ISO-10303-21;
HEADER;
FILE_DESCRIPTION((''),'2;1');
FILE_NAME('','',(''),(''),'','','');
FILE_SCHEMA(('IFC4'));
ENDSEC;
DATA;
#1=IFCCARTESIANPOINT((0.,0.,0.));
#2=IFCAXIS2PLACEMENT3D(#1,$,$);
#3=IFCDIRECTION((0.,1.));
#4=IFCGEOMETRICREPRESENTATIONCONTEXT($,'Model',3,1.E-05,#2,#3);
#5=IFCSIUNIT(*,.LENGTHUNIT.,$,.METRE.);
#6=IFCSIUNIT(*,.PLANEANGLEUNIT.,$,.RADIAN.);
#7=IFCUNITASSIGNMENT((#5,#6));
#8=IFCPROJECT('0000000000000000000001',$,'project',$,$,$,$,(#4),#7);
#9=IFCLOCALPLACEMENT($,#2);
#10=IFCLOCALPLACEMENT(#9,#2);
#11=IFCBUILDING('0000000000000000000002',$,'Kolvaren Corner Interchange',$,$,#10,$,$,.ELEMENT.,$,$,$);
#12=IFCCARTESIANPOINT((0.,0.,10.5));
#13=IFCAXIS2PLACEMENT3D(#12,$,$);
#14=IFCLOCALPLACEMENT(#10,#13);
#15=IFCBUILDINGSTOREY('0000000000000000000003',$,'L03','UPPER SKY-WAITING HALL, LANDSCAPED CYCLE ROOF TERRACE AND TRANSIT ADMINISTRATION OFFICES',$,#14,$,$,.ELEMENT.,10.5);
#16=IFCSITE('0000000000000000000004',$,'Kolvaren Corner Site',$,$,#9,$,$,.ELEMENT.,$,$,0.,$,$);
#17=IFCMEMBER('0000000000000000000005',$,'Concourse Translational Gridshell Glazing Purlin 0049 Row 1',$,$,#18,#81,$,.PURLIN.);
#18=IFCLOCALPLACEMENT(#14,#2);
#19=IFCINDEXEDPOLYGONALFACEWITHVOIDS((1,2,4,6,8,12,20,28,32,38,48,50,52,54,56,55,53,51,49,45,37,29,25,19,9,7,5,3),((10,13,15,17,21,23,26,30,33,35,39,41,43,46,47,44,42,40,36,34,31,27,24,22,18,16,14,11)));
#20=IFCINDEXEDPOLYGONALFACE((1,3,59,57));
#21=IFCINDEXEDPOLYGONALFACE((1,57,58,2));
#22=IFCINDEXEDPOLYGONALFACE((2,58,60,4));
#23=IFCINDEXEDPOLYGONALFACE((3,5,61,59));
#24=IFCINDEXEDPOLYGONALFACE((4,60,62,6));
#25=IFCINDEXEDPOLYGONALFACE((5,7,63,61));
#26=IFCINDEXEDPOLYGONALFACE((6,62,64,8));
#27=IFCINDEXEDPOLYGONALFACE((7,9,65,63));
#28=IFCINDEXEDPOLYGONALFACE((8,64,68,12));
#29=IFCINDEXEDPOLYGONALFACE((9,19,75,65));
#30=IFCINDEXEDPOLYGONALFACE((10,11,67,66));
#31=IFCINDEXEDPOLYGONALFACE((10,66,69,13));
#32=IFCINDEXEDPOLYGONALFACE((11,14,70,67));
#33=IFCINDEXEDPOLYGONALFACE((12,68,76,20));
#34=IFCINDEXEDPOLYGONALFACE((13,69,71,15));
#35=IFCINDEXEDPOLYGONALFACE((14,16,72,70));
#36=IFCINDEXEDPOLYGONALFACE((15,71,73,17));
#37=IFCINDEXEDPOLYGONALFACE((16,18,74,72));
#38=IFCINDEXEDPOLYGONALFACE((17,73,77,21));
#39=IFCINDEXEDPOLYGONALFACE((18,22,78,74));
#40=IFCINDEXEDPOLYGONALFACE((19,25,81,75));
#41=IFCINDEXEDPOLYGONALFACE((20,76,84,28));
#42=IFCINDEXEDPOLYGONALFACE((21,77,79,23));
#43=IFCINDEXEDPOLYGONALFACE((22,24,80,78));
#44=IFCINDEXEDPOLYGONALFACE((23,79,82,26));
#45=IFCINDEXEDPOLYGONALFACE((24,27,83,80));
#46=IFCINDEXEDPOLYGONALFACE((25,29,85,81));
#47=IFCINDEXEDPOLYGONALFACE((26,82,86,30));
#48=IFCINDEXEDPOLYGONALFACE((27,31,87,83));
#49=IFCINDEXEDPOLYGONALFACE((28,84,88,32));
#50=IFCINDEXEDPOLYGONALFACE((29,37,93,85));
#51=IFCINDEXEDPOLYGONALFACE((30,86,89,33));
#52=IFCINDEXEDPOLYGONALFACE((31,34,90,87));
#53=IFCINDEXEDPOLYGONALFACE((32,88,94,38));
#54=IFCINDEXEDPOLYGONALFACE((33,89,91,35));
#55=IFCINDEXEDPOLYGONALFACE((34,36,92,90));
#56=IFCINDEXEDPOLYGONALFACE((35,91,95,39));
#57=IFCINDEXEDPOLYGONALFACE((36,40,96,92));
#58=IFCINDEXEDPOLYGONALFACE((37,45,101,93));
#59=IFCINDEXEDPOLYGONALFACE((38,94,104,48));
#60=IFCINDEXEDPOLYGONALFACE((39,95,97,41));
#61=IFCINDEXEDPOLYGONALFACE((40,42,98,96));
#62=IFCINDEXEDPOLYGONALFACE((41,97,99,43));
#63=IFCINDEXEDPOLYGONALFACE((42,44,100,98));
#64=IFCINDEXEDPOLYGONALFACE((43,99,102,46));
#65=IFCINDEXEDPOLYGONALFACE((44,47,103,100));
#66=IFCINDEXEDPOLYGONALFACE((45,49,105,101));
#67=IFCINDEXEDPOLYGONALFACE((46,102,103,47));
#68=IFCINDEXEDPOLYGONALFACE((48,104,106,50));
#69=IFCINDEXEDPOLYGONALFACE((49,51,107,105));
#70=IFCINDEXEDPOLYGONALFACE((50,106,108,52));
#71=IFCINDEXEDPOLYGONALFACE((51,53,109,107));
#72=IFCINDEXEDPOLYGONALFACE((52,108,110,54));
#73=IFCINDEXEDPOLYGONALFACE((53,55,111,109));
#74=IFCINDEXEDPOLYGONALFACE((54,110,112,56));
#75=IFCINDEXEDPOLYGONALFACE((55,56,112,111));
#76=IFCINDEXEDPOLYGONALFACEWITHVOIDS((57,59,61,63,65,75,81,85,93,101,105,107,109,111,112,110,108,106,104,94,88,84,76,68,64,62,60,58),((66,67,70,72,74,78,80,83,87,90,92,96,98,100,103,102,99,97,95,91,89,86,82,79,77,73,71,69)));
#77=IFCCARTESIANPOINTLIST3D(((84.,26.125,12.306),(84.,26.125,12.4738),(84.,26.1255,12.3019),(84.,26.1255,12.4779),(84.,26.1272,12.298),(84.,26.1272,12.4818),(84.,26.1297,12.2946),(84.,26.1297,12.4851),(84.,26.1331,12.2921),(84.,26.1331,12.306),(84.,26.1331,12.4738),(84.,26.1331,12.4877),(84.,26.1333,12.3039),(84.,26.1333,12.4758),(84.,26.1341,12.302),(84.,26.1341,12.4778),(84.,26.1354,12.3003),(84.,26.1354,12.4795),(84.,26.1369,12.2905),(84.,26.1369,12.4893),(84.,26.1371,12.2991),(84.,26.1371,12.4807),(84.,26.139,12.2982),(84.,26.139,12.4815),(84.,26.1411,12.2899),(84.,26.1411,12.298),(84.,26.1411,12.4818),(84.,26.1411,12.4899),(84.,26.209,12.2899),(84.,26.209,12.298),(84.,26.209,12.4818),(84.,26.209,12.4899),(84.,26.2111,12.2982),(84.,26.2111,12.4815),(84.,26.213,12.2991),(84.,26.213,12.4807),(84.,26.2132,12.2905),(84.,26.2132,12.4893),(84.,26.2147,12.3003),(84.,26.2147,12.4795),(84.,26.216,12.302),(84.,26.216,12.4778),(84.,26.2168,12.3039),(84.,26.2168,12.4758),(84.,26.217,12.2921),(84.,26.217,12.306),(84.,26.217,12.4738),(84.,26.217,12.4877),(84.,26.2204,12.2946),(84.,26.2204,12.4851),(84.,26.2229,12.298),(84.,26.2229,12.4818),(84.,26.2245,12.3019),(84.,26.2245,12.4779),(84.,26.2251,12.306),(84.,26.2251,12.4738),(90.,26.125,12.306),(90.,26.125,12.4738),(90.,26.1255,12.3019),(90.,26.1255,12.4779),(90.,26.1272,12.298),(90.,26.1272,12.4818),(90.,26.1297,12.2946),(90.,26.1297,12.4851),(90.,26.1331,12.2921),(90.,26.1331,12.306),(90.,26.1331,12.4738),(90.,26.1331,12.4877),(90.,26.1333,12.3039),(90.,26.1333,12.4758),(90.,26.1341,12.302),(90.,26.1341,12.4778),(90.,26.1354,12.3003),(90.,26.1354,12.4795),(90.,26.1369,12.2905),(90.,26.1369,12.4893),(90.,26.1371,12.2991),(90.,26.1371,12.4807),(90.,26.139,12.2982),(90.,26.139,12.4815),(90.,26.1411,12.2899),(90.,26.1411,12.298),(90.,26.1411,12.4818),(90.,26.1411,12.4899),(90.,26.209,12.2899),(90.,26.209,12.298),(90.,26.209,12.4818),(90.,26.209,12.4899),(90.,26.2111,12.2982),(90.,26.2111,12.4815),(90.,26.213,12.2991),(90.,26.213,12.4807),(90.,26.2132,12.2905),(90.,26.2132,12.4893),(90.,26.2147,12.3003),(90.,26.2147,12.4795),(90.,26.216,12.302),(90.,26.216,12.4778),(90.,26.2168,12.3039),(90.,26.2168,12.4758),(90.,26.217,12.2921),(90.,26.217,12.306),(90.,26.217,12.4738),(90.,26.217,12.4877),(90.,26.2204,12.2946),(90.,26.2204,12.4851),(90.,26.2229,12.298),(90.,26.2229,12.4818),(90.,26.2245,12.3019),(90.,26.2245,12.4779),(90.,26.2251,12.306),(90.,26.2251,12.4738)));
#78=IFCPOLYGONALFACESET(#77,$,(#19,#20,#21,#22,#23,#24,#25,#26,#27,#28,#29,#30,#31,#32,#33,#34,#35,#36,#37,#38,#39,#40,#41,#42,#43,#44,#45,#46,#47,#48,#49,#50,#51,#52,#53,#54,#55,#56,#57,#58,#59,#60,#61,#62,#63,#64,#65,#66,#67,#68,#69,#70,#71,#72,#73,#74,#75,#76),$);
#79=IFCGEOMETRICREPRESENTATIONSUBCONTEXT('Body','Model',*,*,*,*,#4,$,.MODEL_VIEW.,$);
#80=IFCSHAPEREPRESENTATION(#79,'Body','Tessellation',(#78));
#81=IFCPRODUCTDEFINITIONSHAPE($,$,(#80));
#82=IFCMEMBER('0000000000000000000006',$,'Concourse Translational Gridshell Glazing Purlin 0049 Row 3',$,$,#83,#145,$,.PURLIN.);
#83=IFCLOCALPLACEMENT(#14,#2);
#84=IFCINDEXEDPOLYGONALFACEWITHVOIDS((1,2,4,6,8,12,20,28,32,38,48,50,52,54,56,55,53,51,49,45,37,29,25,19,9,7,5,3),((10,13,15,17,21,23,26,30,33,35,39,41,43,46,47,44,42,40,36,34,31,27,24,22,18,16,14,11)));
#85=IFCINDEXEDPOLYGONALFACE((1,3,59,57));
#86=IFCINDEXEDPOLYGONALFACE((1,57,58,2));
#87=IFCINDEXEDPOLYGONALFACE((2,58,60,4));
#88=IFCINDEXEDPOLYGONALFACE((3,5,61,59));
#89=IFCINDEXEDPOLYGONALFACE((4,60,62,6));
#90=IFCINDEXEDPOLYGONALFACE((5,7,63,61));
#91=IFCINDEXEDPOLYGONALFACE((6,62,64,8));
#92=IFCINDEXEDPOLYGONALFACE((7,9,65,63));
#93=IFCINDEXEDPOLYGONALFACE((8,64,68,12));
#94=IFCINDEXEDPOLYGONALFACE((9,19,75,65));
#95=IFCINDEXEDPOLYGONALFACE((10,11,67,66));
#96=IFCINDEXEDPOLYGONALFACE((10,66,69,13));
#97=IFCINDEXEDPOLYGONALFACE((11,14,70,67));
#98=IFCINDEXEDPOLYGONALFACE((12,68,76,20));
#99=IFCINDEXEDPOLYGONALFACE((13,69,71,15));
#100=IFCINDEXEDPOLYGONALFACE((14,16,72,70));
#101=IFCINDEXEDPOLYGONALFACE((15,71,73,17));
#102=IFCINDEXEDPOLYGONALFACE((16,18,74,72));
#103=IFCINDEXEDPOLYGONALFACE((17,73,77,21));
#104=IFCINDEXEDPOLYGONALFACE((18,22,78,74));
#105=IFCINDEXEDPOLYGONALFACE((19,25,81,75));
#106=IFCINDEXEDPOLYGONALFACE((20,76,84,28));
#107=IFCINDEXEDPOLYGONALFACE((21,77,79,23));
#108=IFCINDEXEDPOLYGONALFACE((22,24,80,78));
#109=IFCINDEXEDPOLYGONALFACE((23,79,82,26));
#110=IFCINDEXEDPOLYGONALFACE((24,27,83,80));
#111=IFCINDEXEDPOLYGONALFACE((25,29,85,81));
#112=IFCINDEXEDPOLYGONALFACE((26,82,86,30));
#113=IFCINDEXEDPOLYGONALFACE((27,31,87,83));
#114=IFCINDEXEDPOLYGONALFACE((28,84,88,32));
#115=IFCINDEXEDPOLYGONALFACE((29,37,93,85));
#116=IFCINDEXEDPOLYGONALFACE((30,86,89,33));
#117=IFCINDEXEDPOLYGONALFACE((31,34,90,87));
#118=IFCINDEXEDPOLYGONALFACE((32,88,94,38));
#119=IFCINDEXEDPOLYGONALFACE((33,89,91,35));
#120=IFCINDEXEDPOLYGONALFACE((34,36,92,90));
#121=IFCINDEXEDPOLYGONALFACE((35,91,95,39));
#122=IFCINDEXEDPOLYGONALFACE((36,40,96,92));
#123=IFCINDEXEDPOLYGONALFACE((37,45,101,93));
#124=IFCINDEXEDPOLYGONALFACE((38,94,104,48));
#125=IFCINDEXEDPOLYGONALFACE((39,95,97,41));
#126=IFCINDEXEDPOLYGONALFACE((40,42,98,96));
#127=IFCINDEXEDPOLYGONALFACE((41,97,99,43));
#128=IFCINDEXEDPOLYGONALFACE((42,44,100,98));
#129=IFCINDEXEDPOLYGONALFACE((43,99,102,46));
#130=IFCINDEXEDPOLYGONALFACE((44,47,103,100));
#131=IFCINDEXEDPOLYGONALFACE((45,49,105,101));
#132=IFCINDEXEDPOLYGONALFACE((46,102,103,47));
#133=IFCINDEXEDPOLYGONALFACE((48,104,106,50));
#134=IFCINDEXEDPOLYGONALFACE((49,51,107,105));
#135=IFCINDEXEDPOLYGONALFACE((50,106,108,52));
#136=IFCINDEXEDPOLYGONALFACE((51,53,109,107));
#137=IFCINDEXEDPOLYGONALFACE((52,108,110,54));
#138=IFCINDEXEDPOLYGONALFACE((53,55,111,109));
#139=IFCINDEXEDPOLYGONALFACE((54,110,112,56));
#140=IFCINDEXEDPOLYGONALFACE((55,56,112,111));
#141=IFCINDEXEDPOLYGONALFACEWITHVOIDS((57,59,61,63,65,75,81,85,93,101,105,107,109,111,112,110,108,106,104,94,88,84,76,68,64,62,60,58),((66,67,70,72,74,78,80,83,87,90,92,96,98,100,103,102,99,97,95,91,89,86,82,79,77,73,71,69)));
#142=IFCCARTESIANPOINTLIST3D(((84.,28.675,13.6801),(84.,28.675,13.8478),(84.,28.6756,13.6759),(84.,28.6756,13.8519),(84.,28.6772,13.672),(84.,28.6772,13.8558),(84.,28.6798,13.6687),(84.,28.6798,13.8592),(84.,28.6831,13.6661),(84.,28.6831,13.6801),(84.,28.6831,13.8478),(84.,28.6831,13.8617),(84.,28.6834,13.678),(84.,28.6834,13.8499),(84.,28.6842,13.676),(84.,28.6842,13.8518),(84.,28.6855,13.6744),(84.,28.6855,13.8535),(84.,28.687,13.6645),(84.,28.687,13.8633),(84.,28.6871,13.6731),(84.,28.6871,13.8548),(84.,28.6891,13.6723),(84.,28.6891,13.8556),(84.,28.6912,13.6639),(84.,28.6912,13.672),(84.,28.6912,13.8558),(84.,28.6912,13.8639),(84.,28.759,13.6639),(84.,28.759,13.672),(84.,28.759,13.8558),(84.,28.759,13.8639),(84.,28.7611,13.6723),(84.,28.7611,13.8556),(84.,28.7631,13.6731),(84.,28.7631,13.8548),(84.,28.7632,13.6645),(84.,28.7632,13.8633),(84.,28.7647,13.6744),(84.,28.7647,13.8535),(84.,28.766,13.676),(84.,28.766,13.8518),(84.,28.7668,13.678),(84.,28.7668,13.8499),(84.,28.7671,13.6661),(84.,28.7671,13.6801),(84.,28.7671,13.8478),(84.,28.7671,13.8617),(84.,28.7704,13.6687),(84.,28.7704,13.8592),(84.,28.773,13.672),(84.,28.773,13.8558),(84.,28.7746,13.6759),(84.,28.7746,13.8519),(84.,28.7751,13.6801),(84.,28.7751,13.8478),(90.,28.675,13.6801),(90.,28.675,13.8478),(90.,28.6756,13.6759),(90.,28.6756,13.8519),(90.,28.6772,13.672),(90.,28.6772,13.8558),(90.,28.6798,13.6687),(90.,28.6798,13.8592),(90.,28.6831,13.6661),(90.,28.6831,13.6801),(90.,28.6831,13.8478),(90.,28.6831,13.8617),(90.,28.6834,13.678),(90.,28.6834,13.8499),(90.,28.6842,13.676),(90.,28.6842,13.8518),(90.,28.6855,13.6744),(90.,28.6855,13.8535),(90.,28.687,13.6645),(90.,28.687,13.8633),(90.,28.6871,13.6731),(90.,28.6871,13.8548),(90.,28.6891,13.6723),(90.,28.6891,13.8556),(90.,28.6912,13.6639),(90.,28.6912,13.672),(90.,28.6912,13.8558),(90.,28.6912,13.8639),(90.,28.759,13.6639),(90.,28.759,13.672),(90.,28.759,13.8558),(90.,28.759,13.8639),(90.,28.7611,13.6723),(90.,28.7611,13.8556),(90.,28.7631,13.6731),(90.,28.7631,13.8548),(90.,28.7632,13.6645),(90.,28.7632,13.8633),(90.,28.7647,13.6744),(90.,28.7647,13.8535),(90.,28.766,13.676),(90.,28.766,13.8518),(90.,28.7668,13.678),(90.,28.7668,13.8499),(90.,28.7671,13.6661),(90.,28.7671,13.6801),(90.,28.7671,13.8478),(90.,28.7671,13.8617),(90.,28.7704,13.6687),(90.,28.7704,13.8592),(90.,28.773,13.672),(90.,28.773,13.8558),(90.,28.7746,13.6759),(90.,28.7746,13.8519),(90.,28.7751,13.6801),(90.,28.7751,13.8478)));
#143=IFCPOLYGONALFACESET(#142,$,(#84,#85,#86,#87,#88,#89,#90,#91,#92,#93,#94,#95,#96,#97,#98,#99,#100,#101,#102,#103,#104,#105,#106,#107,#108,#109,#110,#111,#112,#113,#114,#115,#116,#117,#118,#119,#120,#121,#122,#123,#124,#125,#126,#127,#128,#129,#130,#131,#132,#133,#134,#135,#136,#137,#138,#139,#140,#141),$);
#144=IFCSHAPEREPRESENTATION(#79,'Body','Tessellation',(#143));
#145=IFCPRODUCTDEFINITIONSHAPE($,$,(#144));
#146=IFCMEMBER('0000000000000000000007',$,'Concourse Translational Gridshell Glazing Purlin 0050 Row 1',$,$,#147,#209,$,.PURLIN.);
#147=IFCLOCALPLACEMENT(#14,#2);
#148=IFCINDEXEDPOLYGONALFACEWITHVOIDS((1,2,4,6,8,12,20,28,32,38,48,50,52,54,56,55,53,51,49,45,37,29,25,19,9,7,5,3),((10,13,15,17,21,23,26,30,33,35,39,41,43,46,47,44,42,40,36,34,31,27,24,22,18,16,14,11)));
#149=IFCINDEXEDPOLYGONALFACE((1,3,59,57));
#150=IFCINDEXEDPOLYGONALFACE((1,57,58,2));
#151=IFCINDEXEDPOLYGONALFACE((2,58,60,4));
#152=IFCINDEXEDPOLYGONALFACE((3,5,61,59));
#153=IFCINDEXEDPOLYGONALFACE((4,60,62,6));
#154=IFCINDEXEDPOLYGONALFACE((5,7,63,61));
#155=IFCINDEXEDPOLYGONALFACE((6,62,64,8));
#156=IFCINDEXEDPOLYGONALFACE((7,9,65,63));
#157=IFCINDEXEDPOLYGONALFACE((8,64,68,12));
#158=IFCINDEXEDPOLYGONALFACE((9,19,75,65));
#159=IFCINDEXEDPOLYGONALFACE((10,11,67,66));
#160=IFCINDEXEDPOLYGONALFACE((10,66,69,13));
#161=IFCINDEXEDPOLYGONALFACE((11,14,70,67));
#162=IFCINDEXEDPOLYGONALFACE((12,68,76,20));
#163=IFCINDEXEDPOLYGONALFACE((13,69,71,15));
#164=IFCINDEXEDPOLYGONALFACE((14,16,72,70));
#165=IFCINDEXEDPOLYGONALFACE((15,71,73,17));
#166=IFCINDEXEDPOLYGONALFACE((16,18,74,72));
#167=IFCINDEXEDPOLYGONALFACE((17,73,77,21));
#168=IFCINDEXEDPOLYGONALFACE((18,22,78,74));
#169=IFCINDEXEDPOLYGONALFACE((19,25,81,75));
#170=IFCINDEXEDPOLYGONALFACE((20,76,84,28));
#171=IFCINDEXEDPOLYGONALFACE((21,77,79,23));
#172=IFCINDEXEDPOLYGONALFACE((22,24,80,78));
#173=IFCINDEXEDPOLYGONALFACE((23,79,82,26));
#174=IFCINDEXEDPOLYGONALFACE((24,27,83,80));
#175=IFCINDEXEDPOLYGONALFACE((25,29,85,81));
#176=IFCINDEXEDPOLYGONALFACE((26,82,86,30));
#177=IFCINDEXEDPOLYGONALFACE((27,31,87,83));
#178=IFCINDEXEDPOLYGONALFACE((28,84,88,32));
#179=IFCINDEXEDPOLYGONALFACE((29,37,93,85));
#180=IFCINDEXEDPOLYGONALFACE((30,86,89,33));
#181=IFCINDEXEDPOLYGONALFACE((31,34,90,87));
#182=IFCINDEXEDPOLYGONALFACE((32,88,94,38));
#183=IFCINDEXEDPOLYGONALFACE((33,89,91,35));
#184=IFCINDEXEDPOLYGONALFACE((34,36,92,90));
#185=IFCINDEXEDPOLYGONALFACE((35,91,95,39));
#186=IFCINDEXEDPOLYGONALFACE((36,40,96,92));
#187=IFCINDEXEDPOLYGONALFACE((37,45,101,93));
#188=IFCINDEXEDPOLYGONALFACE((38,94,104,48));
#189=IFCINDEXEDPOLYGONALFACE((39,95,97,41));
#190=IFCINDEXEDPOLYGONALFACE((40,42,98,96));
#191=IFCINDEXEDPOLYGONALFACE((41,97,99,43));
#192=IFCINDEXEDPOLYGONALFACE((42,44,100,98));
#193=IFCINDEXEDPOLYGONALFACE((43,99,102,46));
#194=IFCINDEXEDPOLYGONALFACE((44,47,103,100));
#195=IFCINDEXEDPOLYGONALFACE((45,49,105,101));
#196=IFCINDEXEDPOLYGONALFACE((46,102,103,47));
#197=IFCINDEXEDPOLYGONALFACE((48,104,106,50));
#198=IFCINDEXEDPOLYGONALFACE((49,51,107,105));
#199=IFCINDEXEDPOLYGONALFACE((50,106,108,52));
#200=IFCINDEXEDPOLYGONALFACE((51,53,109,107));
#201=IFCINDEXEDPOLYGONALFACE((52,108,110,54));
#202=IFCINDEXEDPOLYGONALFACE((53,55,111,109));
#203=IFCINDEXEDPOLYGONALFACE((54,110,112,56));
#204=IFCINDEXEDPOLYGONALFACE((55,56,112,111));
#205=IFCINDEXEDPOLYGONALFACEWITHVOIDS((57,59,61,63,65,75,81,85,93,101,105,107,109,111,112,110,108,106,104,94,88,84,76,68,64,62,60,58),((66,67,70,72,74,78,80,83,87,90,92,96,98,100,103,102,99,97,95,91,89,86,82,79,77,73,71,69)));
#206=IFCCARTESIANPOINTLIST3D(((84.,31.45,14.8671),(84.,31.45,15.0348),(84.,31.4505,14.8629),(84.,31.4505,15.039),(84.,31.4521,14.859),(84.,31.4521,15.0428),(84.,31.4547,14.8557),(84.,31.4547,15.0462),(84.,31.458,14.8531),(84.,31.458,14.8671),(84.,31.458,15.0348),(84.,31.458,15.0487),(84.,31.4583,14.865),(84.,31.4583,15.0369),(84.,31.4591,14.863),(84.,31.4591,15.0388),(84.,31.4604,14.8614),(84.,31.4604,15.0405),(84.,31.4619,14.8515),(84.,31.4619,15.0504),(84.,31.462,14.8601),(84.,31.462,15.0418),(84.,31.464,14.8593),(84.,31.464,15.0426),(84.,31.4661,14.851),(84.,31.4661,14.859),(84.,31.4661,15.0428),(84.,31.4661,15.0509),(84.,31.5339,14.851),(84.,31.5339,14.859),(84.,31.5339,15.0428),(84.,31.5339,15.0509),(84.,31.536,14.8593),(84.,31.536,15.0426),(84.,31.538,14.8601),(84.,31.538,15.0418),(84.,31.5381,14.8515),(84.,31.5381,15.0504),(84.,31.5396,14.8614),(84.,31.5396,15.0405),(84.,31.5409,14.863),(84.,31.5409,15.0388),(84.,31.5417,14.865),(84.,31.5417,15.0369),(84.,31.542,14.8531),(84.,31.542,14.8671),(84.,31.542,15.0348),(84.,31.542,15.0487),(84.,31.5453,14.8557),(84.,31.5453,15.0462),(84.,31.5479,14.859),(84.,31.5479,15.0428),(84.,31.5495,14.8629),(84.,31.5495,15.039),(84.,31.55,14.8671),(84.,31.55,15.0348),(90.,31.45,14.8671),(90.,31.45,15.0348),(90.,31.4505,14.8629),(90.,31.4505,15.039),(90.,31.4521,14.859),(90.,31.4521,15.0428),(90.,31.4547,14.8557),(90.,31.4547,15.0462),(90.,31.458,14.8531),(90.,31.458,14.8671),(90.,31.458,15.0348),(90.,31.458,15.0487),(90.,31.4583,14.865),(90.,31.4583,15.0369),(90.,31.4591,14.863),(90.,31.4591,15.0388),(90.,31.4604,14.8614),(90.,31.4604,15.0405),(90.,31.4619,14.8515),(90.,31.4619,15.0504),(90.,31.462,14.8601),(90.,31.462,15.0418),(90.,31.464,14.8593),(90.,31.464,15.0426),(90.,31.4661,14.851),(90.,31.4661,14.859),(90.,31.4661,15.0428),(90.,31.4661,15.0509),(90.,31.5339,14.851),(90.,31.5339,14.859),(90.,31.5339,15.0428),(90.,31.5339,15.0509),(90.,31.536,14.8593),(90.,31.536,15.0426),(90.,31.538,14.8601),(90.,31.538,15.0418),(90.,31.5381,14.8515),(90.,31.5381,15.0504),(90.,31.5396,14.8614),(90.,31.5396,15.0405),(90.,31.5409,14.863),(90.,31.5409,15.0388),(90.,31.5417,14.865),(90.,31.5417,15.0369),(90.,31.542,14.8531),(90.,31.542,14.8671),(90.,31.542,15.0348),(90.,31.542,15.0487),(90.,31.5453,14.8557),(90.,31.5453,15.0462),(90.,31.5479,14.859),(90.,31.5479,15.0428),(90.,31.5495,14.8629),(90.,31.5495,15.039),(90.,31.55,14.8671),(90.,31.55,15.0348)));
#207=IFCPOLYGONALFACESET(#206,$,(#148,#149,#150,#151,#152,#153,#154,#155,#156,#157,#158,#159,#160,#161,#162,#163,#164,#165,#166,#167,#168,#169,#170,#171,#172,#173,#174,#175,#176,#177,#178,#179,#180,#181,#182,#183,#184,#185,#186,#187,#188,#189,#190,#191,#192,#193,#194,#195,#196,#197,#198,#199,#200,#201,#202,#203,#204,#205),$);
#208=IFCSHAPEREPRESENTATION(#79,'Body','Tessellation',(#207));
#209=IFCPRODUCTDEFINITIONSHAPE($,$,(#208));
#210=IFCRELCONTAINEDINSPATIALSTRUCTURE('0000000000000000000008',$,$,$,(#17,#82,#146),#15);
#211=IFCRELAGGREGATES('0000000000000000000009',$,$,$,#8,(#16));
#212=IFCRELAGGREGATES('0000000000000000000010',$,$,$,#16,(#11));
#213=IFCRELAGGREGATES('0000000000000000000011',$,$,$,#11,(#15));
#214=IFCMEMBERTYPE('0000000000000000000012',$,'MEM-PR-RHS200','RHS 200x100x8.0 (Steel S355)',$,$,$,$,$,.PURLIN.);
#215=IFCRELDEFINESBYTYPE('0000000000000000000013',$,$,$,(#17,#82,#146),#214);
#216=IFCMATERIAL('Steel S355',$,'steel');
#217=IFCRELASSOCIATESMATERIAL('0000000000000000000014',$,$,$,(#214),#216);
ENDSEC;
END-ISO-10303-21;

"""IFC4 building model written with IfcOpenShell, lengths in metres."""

from ifc_helpers import new_model, si_unit, direction, frame, origin, origin_2d, place, context, subcontext, project, spatial, hollow_rectangle, extrude, material, material_profile, profile_set, type_object, element, save


model = new_model("IFC4")

# Units and contexts
model_context = context("Model", 3, precision=1e-05, world=origin(), true_north=direction((0.0, 1.0)))
body_context = subcontext(model_context, "Body", "Model", "MODEL_VIEW")
ifc_project = project(units=[si_unit("LENGTHUNIT", "METRE"), si_unit("PLANEANGLEUNIT", "RADIAN")], contexts=[model_context])

# Site, building, storey
site_placement = place(None, origin())
site = spatial("IfcSite", under=ifc_project, at=site_placement, Name="Kolvaren Corner Site", CompositionType="ELEMENT", RefElevation=0.0)
building_placement = place(site_placement, origin())
building = spatial("IfcBuilding", under=site, at=building_placement, Name="Kolvaren Corner Interchange", CompositionType="ELEMENT")
storey_placement = place(building_placement, frame((0.0, 0.0, 10.5)))
storey = spatial("IfcBuildingStorey", under=building, at=storey_placement, Name="L03", Description="UPPER SKY-WAITING HALL, LANDSCAPED CYCLE ROOF TERRACE AND TRANSIT ADMINISTRATION OFFICES", CompositionType="ELEMENT", Elevation=10.5)

# Members
ifc_material_1 = material(Name="Steel S355", Category="steel")
ifc_material_profile_1 = material_profile(ifc_material_1, hollow_rectangle(XDim=0.1001, YDim=0.2, WallThickness=0.0081, InnerFilletRadius=0.0081, OuterFilletRadius=0.0161, at=origin_2d()), Name="RHS 200x100x8.0")
ifc_profile_set_1 = profile_set([ifc_material_profile_1], Name="Steel S355")
member_type_1 = type_object("IfcMemberType", Name="MEM-PR-RHS200", Description="RHS 200x100x8.0 (Steel S355)", PredefinedType="PURLIN", material=ifc_profile_set_1)
for number, where, z_axis, x_axis, name in (
    (1, (84.0, 26.175, 12.3899), (1.0, 0.0, 0.0), (0.0, 1.0, 0.0), "Concourse Translational Gridshell Glazing Purlin 0049 Row 1"),
    (2, (84.0, 28.7251, 13.7639), (1.0, 0.0, 0.0), (0.0, 1.0, 0.0), "Concourse Translational Gridshell Glazing Purlin 0049 Row 3"),
    (3, (84.0, 31.5, 14.9509), (1.0, 0.0, 0.0), (0.0, 1.0, 0.0), "Concourse Translational Gridshell Glazing Purlin 0050 Row 1"),
):
    element("IfcMember", number, at=place(storey_placement, frame(where, z_axis=z_axis, x_axis=x_axis)), inside=storey, type_object=member_type_1, Name=name, PredefinedType="PURLIN", context=body_context, shape_type="SweptSolid", body=[
        extrude(hollow_rectangle(XDim=0.1001, YDim=0.2, WallThickness=0.0081, InnerFilletRadius=0.0081, OuterFilletRadius=0.0161, at=origin_2d()), origin(), (0.0, 0.0, 1.0), 6.0),
    ])

save(model, "model.ifc")
